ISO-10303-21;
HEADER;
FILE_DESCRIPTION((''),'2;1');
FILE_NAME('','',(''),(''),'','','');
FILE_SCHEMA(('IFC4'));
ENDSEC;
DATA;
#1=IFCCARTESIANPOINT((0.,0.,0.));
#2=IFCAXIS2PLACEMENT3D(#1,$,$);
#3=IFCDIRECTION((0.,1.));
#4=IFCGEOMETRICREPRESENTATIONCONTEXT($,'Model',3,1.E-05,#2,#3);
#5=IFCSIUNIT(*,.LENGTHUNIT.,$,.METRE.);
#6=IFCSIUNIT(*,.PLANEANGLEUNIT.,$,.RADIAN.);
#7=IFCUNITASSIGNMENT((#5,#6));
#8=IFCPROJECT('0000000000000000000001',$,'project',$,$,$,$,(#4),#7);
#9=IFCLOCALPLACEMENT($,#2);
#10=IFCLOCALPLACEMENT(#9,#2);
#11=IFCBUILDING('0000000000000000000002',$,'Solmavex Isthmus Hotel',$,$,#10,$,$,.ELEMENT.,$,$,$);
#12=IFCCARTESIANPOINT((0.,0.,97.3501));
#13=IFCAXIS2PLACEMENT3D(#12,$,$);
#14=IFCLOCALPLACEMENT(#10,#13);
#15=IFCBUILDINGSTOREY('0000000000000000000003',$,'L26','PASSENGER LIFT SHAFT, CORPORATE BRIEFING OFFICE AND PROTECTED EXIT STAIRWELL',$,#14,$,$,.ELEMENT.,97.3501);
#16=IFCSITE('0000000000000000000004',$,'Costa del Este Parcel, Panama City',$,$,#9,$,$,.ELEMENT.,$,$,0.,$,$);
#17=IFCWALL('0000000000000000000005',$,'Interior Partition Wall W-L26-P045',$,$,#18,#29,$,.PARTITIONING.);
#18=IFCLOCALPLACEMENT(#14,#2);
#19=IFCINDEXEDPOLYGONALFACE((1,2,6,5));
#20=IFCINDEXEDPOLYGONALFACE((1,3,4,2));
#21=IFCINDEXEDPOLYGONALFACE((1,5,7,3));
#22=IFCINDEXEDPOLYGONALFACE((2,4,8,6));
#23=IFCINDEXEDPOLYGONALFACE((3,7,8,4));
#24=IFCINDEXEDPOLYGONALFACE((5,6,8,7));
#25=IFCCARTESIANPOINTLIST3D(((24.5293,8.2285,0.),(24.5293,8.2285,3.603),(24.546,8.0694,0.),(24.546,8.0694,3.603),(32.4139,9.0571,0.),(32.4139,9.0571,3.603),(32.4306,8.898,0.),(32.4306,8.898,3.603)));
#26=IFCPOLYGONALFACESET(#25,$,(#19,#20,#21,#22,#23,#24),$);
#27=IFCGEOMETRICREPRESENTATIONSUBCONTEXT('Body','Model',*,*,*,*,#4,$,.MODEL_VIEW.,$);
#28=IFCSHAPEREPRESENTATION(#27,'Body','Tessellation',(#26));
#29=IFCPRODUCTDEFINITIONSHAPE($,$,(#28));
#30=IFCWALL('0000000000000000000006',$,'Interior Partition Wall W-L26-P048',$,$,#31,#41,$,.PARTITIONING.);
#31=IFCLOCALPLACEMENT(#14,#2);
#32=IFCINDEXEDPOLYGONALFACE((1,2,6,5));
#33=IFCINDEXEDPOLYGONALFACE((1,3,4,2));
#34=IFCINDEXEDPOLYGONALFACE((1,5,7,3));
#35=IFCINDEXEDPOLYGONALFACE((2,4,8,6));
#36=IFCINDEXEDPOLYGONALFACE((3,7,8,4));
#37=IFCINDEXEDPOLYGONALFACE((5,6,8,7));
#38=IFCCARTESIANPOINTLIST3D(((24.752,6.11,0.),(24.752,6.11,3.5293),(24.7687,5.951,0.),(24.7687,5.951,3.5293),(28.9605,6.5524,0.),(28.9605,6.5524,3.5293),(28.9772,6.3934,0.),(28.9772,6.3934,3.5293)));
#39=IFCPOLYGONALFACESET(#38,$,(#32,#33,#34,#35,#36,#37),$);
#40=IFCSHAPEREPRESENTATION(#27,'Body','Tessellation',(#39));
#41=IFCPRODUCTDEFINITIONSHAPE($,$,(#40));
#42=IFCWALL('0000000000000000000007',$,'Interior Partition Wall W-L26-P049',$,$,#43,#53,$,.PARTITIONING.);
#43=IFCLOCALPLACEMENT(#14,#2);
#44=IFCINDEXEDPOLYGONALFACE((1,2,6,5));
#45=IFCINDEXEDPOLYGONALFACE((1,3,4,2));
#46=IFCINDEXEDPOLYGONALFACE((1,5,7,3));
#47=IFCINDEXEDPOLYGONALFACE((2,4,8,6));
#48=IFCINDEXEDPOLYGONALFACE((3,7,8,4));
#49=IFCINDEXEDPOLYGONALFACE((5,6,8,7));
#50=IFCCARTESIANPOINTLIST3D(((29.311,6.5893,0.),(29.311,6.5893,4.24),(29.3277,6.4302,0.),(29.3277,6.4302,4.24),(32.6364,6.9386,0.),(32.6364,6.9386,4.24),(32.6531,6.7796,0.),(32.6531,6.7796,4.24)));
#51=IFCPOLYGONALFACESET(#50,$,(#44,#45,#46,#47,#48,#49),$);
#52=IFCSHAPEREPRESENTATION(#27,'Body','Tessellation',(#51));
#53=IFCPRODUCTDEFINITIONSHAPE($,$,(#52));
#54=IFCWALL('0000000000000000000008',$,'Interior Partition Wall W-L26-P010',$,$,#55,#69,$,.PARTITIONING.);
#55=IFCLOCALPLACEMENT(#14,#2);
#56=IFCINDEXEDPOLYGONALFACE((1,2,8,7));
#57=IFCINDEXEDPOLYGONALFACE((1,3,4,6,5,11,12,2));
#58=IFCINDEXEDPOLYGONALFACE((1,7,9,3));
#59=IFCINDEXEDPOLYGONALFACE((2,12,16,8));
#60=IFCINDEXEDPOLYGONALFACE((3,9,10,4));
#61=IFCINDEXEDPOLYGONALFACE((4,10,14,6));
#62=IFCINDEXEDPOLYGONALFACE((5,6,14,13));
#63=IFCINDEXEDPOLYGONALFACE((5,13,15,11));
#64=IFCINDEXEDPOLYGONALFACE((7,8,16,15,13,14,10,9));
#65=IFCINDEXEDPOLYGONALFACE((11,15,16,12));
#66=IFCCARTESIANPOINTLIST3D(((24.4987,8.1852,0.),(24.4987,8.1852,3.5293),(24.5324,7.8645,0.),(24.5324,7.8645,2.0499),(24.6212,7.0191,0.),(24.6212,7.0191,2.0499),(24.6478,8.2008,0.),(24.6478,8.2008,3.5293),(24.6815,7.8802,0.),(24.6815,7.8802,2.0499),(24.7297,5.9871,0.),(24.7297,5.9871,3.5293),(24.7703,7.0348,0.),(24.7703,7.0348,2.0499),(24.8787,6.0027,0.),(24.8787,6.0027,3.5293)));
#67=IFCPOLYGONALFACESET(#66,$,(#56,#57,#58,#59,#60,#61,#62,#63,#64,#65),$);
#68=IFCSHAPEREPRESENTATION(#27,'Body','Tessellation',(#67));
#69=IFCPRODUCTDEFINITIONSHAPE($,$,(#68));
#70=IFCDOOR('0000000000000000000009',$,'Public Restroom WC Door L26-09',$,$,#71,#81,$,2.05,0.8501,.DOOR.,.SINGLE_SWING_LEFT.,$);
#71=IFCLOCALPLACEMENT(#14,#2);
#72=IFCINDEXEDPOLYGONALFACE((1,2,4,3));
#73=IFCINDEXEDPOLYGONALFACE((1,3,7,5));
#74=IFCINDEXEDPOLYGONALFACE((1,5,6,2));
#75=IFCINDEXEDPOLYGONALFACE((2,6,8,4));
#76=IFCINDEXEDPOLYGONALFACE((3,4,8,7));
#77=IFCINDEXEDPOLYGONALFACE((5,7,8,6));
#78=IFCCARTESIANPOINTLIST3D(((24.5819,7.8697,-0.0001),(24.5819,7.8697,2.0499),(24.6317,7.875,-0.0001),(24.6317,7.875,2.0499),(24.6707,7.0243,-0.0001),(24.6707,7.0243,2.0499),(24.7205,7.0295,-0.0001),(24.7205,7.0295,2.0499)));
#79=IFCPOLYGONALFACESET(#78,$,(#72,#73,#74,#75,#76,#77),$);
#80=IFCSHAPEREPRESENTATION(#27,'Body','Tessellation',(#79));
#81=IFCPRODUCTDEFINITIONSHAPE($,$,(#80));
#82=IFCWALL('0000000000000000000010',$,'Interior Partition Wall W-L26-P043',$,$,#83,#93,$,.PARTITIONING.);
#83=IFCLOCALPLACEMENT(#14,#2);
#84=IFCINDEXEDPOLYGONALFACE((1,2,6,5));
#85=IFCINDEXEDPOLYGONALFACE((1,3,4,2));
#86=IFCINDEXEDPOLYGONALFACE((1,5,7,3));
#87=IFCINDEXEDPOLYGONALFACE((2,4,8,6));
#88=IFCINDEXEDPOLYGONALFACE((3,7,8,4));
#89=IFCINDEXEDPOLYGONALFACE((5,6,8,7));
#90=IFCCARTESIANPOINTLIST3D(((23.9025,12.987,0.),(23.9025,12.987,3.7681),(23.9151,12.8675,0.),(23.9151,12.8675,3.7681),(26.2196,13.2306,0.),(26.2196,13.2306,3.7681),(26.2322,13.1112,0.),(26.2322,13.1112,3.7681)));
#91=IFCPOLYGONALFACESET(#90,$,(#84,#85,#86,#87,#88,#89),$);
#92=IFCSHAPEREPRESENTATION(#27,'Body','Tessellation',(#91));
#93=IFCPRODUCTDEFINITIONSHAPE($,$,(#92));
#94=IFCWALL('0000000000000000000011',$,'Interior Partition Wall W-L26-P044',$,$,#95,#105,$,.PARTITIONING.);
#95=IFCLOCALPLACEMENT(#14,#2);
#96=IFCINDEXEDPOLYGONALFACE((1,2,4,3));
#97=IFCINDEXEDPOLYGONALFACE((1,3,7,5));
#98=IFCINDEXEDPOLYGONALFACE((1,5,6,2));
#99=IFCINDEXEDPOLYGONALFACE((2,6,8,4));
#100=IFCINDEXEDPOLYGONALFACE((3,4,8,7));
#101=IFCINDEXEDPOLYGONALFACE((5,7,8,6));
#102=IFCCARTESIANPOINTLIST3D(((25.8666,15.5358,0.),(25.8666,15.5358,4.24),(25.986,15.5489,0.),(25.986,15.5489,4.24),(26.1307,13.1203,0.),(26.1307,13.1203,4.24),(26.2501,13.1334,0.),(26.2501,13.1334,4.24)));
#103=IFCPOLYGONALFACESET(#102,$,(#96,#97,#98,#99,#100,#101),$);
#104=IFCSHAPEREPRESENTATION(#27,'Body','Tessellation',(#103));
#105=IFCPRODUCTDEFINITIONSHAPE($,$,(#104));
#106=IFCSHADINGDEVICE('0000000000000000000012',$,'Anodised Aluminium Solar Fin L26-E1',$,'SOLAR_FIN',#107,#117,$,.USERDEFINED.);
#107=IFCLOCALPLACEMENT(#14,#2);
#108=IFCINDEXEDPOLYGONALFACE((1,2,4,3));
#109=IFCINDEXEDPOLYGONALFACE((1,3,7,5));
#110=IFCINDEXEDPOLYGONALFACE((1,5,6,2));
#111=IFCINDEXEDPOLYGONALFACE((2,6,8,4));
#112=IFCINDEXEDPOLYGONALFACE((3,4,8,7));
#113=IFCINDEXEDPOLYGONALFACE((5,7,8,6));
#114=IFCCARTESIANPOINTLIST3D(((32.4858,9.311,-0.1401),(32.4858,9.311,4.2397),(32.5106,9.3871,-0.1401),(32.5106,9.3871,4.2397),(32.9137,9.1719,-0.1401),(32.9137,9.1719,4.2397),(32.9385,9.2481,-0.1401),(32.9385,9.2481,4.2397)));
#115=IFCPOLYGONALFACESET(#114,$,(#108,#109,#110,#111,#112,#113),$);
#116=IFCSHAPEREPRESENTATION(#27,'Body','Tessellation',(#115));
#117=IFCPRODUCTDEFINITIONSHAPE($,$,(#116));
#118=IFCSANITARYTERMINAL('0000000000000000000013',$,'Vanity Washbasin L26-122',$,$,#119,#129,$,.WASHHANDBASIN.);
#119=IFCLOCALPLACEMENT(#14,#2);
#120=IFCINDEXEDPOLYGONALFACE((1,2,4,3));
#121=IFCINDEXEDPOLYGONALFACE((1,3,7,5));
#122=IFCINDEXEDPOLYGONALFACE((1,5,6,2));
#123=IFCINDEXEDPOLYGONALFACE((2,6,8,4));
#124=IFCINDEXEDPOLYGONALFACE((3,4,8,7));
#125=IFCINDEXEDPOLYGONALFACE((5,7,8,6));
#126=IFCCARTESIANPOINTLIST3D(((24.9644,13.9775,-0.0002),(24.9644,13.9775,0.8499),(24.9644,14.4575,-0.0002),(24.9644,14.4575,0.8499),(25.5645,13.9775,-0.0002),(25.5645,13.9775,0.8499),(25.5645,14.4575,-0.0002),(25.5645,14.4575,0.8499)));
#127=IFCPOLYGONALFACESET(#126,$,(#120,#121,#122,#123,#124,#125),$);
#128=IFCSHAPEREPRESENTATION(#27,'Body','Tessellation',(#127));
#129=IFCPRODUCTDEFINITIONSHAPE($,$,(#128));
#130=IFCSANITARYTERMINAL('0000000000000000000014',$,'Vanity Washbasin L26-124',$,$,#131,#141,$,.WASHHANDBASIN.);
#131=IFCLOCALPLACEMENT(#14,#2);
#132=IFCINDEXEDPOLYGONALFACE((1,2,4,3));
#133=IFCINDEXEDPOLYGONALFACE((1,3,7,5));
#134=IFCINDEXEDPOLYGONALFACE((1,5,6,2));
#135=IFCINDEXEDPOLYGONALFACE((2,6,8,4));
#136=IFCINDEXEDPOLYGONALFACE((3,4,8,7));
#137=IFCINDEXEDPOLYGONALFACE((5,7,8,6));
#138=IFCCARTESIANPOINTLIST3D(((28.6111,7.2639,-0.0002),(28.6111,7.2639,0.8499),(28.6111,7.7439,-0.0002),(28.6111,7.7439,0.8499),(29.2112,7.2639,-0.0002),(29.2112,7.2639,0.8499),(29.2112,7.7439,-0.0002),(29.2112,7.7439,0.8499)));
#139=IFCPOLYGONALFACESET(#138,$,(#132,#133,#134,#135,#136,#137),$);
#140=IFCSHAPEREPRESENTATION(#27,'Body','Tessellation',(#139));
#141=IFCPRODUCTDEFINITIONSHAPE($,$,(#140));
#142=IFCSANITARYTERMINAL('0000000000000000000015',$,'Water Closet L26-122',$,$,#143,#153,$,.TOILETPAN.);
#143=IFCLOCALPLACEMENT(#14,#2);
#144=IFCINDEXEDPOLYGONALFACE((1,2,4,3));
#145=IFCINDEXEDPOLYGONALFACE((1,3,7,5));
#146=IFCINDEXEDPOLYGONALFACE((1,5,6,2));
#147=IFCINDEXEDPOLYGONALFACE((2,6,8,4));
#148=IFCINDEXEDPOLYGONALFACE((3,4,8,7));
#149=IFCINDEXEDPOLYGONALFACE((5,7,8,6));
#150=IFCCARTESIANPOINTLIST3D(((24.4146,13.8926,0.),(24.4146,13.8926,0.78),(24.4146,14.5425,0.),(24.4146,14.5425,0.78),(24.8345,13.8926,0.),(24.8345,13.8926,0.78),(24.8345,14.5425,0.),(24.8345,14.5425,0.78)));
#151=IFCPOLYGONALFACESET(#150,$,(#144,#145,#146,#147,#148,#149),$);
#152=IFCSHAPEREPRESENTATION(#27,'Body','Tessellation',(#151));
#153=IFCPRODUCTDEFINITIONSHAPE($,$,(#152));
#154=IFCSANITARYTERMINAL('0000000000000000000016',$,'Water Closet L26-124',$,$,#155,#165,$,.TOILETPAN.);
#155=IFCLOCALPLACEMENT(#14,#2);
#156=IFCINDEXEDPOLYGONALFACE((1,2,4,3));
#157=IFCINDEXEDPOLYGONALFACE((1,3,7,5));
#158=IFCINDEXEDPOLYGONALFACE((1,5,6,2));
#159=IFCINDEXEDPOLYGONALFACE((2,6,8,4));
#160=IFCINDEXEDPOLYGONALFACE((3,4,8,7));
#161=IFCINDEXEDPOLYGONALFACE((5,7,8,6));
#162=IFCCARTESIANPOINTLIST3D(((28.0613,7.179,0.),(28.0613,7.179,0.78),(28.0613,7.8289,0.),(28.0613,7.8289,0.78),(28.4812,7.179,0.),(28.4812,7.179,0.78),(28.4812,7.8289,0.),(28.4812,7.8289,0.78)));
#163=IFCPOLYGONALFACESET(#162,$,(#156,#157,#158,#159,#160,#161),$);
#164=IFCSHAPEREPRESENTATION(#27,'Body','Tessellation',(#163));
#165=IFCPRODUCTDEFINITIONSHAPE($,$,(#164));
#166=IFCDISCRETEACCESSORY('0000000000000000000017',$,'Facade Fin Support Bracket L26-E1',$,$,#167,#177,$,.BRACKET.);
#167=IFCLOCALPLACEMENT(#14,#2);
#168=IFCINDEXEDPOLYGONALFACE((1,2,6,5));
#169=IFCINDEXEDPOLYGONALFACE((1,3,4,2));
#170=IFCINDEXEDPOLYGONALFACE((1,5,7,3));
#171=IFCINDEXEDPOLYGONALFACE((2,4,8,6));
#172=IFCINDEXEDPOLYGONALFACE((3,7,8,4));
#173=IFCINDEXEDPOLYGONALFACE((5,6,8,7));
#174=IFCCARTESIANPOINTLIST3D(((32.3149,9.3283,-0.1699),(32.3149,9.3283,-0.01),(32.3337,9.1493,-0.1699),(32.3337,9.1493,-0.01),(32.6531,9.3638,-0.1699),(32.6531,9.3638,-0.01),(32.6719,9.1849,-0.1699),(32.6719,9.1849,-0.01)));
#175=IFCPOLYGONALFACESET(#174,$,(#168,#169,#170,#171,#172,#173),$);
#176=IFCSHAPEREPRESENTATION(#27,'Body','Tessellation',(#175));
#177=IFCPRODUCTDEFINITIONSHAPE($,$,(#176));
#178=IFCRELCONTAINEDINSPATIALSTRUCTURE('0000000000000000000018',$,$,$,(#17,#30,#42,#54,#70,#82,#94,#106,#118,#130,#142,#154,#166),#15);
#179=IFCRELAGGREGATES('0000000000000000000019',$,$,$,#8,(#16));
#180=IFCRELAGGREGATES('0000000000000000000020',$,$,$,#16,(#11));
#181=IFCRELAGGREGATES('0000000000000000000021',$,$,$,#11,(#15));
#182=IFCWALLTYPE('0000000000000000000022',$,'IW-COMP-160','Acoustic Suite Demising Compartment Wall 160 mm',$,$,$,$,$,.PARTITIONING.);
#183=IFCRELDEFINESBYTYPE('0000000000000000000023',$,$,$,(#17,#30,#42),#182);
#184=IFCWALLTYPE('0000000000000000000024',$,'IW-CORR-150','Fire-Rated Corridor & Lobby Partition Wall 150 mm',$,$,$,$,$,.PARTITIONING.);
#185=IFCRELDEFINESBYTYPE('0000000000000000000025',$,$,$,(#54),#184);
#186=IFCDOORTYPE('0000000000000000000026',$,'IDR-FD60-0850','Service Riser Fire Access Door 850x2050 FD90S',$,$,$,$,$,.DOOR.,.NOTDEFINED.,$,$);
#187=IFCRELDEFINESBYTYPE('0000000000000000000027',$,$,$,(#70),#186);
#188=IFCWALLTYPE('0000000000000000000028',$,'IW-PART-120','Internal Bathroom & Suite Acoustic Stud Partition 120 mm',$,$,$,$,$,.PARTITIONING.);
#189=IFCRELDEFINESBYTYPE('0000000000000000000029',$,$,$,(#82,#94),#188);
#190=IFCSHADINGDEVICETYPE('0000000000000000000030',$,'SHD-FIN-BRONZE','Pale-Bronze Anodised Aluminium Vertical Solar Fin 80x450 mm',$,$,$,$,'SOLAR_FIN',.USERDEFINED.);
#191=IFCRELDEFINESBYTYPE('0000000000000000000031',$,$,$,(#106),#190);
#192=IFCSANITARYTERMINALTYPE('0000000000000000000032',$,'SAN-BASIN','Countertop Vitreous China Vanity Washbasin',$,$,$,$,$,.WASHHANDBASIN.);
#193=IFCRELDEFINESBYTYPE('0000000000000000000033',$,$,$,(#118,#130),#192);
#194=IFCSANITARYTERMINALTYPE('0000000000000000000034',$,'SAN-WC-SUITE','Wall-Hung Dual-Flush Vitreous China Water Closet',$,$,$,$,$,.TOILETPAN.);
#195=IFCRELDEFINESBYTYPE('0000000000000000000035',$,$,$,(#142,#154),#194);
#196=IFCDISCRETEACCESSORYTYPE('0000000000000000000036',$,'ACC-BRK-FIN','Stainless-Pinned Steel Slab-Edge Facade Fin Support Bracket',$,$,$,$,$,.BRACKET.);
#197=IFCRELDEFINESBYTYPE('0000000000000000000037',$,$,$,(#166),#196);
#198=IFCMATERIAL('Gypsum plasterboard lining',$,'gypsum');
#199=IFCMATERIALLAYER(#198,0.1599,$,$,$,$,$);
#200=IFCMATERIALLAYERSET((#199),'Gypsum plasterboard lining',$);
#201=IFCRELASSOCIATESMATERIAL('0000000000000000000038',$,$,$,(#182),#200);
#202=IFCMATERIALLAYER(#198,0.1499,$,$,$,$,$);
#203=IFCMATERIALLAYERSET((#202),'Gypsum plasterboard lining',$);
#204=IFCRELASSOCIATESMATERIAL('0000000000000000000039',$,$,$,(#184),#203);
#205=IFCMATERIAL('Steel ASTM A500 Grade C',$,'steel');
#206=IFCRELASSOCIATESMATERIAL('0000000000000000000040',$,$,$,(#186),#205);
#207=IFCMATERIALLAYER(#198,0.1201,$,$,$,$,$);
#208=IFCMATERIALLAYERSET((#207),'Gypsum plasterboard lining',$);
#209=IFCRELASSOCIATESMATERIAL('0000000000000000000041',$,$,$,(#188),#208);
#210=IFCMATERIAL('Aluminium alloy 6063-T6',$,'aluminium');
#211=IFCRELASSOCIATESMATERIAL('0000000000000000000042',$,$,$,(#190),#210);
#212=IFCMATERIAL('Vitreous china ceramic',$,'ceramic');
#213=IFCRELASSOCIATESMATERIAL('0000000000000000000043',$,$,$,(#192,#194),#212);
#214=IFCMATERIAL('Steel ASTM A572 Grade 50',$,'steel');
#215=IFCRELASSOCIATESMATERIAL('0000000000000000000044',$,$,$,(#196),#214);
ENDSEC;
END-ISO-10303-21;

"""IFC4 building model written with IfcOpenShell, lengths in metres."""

from ifc_helpers import new_model, si_unit, direction, frame, frame_2d, origin, origin_2d, place, context, subcontext, project, spatial, rectangle, extrude, material, layer, layer_set, type_object, element, fill, save


model = new_model("IFC4")

# Units and contexts
model_context = context("Model", 3, precision=1e-05, world=origin(), true_north=direction((0.0, 1.0)))
body_context = subcontext(model_context, "Body", "Model", "MODEL_VIEW")
ifc_project = project(units=[si_unit("LENGTHUNIT", "METRE"), si_unit("PLANEANGLEUNIT", "RADIAN")], contexts=[model_context])

# Site, building, storey
site_placement = place(None, origin())
site = spatial("IfcSite", under=ifc_project, at=site_placement, Name="Costa del Este Parcel, Panama City", CompositionType="ELEMENT", RefElevation=0.0)
building_placement = place(site_placement, origin())
building = spatial("IfcBuilding", under=site, at=building_placement, Name="Solmavex Isthmus Hotel", CompositionType="ELEMENT")
storey_placement = place(building_placement, frame((0.0, 0.0, 97.3501)))
storey = spatial("IfcBuildingStorey", under=building, at=storey_placement, Name="L26", Description="PASSENGER LIFT SHAFT, CORPORATE BRIEFING OFFICE AND PROTECTED EXIT STAIRWELL", CompositionType="ELEMENT", Elevation=97.3501)

# Shared definitions
ifc_material_1 = material(Name="Aluminium alloy 6063-T6", Category="aluminium")

# Walls
ifc_material_2 = material(Name="Gypsum plasterboard lining", Category="gypsum")
ifc_layer_1 = layer(ifc_material_2, 0.1599)
ifc_layer_set_1 = layer_set([ifc_layer_1], Name="Gypsum plasterboard lining")
wall_type_1 = type_object("IfcWallType", Name="IW-COMP-160", Description="Acoustic Suite Demising Compartment Wall 160 mm", PredefinedType="PARTITIONING", material=ifc_layer_set_1)
wall_1_placement = place(storey_placement, frame((32.4221, 8.9775, 0.0), z_axis=(0.0, 0.0, 1.0), x_axis=(-0.994523, -0.104518, 0.0)))
element("IfcWall", 1, at=wall_1_placement, inside=storey, type_object=wall_type_1, Name="Interior Partition Wall W-L26-P045", PredefinedType="PARTITIONING", context=body_context, shape_type="SweptSolid", body=[
    extrude(rectangle(XDim=7.928, YDim=0.1599, at=frame_2d((3.9639, 0.0))), origin(), (0.0, 0.0, 1.0), 3.603),
])
wall_2_placement = place(storey_placement, frame((28.9688, 6.4729, 0.0), z_axis=(0.0, 0.0, 1.0), x_axis=(-0.994521, -0.104541, 0.0)))
element("IfcWall", 2, at=wall_2_placement, inside=storey, type_object=wall_type_1, Name="Interior Partition Wall W-L26-P048", PredefinedType="PARTITIONING", context=body_context, shape_type="SweptSolid", body=[
    extrude(rectangle(XDim=4.2317, YDim=0.1599, at=frame_2d((2.1157, 0.0))), origin(), (0.0, 0.0, 1.0), 3.5293),
])
wall_3_placement = place(storey_placement, frame((32.6448, 6.8591, 0.0), z_axis=(0.0, 0.0, 1.0), x_axis=(-0.994527, -0.104483, 0.0)))
element("IfcWall", 3, at=wall_3_placement, inside=storey, type_object=wall_type_1, Name="Interior Partition Wall W-L26-P049", PredefinedType="PARTITIONING", context=body_context, shape_type="SweptSolid", body=[
    extrude(rectangle(XDim=3.3438, YDim=0.1599, at=frame_2d((1.6719, 0.0))), origin(), (0.0, 0.0, 1.0), 4.24),
])

# Wall, opening, door
ifc_layer_2 = layer(ifc_material_2, 0.1499)
ifc_layer_set_2 = layer_set([ifc_layer_2], Name="Gypsum plasterboard lining")
wall_type_2 = type_object("IfcWallType", Name="IW-CORR-150", Description="Fire-Rated Corridor & Lobby Partition Wall 150 mm", PredefinedType="PARTITIONING", material=ifc_layer_set_2)
wall_4_placement = place(storey_placement, frame((24.5732, 8.1929, 0.0), z_axis=(0.0, 0.0, 1.0), x_axis=(0.104501, -0.994525, 0.0)))
wall_4 = element("IfcWall", 4, at=wall_4_placement, inside=storey, type_object=wall_type_2, Name="Interior Partition Wall W-L26-P010", PredefinedType="PARTITIONING", context=body_context, shape_type="SweptSolid", body=[
    extrude(rectangle(XDim=2.2102, YDim=0.1499, at=frame_2d((1.105, 0.0))), origin(), (0.0, 0.0, 1.0), 3.5293),
])
opening_1_placement = place(wall_4_placement, frame((0.3223, 0.0, 0.0)))
opening_1 = element("IfcOpeningElement", 5, at=opening_1_placement, cuts=wall_4, PredefinedType="OPENING", context=body_context, shape_type="SweptSolid", body=[
    extrude(rectangle(XDim=0.8501, YDim=2.05, at=frame_2d((0.425, 1.0249))), frame((0.0, 0.085, 0.0), z_axis=(0.0, -1.0, 0.0), x_axis=(1.0, 0.0, 0.0)), (0.0, 0.0, 1.0), 0.1699),
])
ifc_material_3 = material(Name="Steel ASTM A500 Grade C", Category="steel")
door_type_1 = type_object("IfcDoorType", Name="IDR-FD60-0850", Description="Service Riser Fire Access Door 850x2050 FD90S", OperationType="NOTDEFINED", PredefinedType="DOOR", material=ifc_material_3)
door_1_placement = place(opening_1_placement, origin())
door_1 = element("IfcDoor", 6, at=door_1_placement, inside=storey, type_object=door_type_1, Name="Public Restroom WC Door L26-09", OperationType="SINGLE_SWING_LEFT", OverallHeight=2.05, OverallWidth=0.8501, PredefinedType="DOOR", context=body_context, shape_type="SweptSolid", body=[
    extrude(rectangle(XDim=0.8501, YDim=2.05, at=frame_2d((0.425, 1.0249))), frame((0.0, 0.0249, 0.0), z_axis=(0.0, -1.0, 0.0), x_axis=(1.0, 0.0, 0.0)), (0.0, 0.0, 1.0), 0.05),
])
fill(opening_1, door_1)

# Walls
ifc_layer_3 = layer(ifc_material_2, 0.1201)
ifc_layer_set_3 = layer_set([ifc_layer_3], Name="Gypsum plasterboard lining")
wall_type_3 = type_object("IfcWallType", Name="IW-PART-120", Description="Internal Bathroom & Suite Acoustic Stud Partition 120 mm", PredefinedType="PARTITIONING", material=ifc_layer_set_3)
wall_5_placement = place(storey_placement, frame((23.9087, 12.9272, 0.0), z_axis=(0.0, 0.0, 1.0), x_axis=(0.994517, 0.104576, 0.0)))
element("IfcWall", 7, at=wall_5_placement, inside=storey, type_object=wall_type_3, Name="Interior Partition Wall W-L26-P043", PredefinedType="PARTITIONING", context=body_context, shape_type="SweptSolid", body=[
    extrude(rectangle(XDim=2.3298, YDim=0.1201, at=frame_2d((1.165, 0.0))), origin(), (0.0, 0.0, 1.0), 3.7681),
])
wall_6_placement = place(storey_placement, frame((26.1904, 13.127, 0.0), z_axis=(0.0, 0.0, 1.0), x_axis=(-0.108711, 0.994073, 0.0)))
element("IfcWall", 8, at=wall_6_placement, inside=storey, type_object=wall_type_3, Name="Interior Partition Wall W-L26-P044", PredefinedType="PARTITIONING", context=body_context, shape_type="SweptSolid", body=[
    extrude(rectangle(XDim=2.4299, YDim=0.1201, at=frame_2d((1.2148, 0.0))), origin(), (0.0, 0.0, 1.0), 4.24),
])

# Shading device
shading_device_type = type_object("IfcShadingDeviceType", Name="SHD-FIN-BRONZE", Description="Pale-Bronze Anodised Aluminium Vertical Solar Fin 80x450 mm", ElementType="SOLAR_FIN", PredefinedType="USERDEFINED", material=ifc_material_1)
shading_device_placement = place(storey_placement, frame((32.7122, 9.2795, -0.1401), z_axis=(0.0, 0.0, 1.0), x_axis=(0.951057, -0.309017, 0.0)))
element("IfcShadingDevice", 9, at=shading_device_placement, inside=storey, type_object=shading_device_type, Name="Anodised Aluminium Solar Fin L26-E1", ObjectType="SOLAR_FIN", PredefinedType="USERDEFINED", context=body_context, shape_type="SweptSolid", body=[
    extrude(rectangle(XDim=0.45, YDim=0.0801, at=origin_2d()), origin(), (0.0, 0.0, 1.0), 4.3799),
])

# Sanitary terminals
ifc_material_4 = material(Name="Vitreous china ceramic", Category="ceramic")
sanitary_terminal_type_1 = type_object("IfcSanitaryTerminalType", Name="SAN-BASIN", Description="Countertop Vitreous China Vanity Washbasin", PredefinedType="WASHHANDBASIN", material=ifc_material_4)
for number, where, z_axis, x_axis, name in (
    (10, (25.2644, 14.2175, -0.0002), (0.0, 0.0, 1.0), (1.0, 0.0, 0.0), "Vanity Washbasin L26-122"),
    (11, (28.9111, 7.5039, -0.0002), (0.0, 0.0, 1.0), (1.0, 0.0, 0.0), "Vanity Washbasin L26-124"),
):
    element("IfcSanitaryTerminal", number, at=place(storey_placement, frame(where, z_axis=z_axis, x_axis=x_axis)), inside=storey, type_object=sanitary_terminal_type_1, Name=name, PredefinedType="WASHHANDBASIN", context=body_context, shape_type="SweptSolid", body=[
        extrude(rectangle(XDim=0.6001, YDim=0.48, at=origin_2d()), origin(), (0.0, 0.0, 1.0), 0.8501),
    ])
sanitary_terminal_type_2 = type_object("IfcSanitaryTerminalType", Name="SAN-WC-SUITE", Description="Wall-Hung Dual-Flush Vitreous China Water Closet", PredefinedType="TOILETPAN", material=ifc_material_4)
for number, where, z_axis, x_axis, name in (
    (12, (24.6245, 14.2175, 0.0), (0.0, 0.0, 1.0), (1.0, 0.0, 0.0), "Water Closet L26-122"),
    (13, (28.2712, 7.5039, 0.0), (0.0, 0.0, 1.0), (1.0, 0.0, 0.0), "Water Closet L26-124"),
):
    element("IfcSanitaryTerminal", number, at=place(storey_placement, frame(where, z_axis=z_axis, x_axis=x_axis)), inside=storey, type_object=sanitary_terminal_type_2, Name=name, PredefinedType="TOILETPAN", context=body_context, shape_type="SweptSolid", body=[
        extrude(rectangle(XDim=0.4199, YDim=0.6499, at=origin_2d()), origin(), (0.0, 0.0, 1.0), 0.78),
    ])

# Discrete accessory
ifc_material_5 = material(Name="Steel ASTM A572 Grade 50", Category="steel")
discrete_accessory_type = type_object("IfcDiscreteAccessoryType", Name="ACC-BRK-FIN", Description="Stainless-Pinned Steel Slab-Edge Facade Fin Support Bracket", PredefinedType="BRACKET", material=ifc_material_5)
discrete_accessory_placement = place(storey_placement, frame((32.4934, 9.2566, -0.1699), z_axis=(0.0, 0.0, 1.0), x_axis=(0.994522, 0.104528, 0.0)))
element("IfcDiscreteAccessory", 14, at=discrete_accessory_placement, inside=storey, type_object=discrete_accessory_type, Name="Facade Fin Support Bracket L26-E1", PredefinedType="BRACKET", context=body_context, shape_type="SweptSolid", body=[
    extrude(rectangle(XDim=0.3401, YDim=0.1799, at=origin_2d()), origin(), (0.0, 0.0, 1.0), 0.1599),
])

save(model, "model.ifc")
